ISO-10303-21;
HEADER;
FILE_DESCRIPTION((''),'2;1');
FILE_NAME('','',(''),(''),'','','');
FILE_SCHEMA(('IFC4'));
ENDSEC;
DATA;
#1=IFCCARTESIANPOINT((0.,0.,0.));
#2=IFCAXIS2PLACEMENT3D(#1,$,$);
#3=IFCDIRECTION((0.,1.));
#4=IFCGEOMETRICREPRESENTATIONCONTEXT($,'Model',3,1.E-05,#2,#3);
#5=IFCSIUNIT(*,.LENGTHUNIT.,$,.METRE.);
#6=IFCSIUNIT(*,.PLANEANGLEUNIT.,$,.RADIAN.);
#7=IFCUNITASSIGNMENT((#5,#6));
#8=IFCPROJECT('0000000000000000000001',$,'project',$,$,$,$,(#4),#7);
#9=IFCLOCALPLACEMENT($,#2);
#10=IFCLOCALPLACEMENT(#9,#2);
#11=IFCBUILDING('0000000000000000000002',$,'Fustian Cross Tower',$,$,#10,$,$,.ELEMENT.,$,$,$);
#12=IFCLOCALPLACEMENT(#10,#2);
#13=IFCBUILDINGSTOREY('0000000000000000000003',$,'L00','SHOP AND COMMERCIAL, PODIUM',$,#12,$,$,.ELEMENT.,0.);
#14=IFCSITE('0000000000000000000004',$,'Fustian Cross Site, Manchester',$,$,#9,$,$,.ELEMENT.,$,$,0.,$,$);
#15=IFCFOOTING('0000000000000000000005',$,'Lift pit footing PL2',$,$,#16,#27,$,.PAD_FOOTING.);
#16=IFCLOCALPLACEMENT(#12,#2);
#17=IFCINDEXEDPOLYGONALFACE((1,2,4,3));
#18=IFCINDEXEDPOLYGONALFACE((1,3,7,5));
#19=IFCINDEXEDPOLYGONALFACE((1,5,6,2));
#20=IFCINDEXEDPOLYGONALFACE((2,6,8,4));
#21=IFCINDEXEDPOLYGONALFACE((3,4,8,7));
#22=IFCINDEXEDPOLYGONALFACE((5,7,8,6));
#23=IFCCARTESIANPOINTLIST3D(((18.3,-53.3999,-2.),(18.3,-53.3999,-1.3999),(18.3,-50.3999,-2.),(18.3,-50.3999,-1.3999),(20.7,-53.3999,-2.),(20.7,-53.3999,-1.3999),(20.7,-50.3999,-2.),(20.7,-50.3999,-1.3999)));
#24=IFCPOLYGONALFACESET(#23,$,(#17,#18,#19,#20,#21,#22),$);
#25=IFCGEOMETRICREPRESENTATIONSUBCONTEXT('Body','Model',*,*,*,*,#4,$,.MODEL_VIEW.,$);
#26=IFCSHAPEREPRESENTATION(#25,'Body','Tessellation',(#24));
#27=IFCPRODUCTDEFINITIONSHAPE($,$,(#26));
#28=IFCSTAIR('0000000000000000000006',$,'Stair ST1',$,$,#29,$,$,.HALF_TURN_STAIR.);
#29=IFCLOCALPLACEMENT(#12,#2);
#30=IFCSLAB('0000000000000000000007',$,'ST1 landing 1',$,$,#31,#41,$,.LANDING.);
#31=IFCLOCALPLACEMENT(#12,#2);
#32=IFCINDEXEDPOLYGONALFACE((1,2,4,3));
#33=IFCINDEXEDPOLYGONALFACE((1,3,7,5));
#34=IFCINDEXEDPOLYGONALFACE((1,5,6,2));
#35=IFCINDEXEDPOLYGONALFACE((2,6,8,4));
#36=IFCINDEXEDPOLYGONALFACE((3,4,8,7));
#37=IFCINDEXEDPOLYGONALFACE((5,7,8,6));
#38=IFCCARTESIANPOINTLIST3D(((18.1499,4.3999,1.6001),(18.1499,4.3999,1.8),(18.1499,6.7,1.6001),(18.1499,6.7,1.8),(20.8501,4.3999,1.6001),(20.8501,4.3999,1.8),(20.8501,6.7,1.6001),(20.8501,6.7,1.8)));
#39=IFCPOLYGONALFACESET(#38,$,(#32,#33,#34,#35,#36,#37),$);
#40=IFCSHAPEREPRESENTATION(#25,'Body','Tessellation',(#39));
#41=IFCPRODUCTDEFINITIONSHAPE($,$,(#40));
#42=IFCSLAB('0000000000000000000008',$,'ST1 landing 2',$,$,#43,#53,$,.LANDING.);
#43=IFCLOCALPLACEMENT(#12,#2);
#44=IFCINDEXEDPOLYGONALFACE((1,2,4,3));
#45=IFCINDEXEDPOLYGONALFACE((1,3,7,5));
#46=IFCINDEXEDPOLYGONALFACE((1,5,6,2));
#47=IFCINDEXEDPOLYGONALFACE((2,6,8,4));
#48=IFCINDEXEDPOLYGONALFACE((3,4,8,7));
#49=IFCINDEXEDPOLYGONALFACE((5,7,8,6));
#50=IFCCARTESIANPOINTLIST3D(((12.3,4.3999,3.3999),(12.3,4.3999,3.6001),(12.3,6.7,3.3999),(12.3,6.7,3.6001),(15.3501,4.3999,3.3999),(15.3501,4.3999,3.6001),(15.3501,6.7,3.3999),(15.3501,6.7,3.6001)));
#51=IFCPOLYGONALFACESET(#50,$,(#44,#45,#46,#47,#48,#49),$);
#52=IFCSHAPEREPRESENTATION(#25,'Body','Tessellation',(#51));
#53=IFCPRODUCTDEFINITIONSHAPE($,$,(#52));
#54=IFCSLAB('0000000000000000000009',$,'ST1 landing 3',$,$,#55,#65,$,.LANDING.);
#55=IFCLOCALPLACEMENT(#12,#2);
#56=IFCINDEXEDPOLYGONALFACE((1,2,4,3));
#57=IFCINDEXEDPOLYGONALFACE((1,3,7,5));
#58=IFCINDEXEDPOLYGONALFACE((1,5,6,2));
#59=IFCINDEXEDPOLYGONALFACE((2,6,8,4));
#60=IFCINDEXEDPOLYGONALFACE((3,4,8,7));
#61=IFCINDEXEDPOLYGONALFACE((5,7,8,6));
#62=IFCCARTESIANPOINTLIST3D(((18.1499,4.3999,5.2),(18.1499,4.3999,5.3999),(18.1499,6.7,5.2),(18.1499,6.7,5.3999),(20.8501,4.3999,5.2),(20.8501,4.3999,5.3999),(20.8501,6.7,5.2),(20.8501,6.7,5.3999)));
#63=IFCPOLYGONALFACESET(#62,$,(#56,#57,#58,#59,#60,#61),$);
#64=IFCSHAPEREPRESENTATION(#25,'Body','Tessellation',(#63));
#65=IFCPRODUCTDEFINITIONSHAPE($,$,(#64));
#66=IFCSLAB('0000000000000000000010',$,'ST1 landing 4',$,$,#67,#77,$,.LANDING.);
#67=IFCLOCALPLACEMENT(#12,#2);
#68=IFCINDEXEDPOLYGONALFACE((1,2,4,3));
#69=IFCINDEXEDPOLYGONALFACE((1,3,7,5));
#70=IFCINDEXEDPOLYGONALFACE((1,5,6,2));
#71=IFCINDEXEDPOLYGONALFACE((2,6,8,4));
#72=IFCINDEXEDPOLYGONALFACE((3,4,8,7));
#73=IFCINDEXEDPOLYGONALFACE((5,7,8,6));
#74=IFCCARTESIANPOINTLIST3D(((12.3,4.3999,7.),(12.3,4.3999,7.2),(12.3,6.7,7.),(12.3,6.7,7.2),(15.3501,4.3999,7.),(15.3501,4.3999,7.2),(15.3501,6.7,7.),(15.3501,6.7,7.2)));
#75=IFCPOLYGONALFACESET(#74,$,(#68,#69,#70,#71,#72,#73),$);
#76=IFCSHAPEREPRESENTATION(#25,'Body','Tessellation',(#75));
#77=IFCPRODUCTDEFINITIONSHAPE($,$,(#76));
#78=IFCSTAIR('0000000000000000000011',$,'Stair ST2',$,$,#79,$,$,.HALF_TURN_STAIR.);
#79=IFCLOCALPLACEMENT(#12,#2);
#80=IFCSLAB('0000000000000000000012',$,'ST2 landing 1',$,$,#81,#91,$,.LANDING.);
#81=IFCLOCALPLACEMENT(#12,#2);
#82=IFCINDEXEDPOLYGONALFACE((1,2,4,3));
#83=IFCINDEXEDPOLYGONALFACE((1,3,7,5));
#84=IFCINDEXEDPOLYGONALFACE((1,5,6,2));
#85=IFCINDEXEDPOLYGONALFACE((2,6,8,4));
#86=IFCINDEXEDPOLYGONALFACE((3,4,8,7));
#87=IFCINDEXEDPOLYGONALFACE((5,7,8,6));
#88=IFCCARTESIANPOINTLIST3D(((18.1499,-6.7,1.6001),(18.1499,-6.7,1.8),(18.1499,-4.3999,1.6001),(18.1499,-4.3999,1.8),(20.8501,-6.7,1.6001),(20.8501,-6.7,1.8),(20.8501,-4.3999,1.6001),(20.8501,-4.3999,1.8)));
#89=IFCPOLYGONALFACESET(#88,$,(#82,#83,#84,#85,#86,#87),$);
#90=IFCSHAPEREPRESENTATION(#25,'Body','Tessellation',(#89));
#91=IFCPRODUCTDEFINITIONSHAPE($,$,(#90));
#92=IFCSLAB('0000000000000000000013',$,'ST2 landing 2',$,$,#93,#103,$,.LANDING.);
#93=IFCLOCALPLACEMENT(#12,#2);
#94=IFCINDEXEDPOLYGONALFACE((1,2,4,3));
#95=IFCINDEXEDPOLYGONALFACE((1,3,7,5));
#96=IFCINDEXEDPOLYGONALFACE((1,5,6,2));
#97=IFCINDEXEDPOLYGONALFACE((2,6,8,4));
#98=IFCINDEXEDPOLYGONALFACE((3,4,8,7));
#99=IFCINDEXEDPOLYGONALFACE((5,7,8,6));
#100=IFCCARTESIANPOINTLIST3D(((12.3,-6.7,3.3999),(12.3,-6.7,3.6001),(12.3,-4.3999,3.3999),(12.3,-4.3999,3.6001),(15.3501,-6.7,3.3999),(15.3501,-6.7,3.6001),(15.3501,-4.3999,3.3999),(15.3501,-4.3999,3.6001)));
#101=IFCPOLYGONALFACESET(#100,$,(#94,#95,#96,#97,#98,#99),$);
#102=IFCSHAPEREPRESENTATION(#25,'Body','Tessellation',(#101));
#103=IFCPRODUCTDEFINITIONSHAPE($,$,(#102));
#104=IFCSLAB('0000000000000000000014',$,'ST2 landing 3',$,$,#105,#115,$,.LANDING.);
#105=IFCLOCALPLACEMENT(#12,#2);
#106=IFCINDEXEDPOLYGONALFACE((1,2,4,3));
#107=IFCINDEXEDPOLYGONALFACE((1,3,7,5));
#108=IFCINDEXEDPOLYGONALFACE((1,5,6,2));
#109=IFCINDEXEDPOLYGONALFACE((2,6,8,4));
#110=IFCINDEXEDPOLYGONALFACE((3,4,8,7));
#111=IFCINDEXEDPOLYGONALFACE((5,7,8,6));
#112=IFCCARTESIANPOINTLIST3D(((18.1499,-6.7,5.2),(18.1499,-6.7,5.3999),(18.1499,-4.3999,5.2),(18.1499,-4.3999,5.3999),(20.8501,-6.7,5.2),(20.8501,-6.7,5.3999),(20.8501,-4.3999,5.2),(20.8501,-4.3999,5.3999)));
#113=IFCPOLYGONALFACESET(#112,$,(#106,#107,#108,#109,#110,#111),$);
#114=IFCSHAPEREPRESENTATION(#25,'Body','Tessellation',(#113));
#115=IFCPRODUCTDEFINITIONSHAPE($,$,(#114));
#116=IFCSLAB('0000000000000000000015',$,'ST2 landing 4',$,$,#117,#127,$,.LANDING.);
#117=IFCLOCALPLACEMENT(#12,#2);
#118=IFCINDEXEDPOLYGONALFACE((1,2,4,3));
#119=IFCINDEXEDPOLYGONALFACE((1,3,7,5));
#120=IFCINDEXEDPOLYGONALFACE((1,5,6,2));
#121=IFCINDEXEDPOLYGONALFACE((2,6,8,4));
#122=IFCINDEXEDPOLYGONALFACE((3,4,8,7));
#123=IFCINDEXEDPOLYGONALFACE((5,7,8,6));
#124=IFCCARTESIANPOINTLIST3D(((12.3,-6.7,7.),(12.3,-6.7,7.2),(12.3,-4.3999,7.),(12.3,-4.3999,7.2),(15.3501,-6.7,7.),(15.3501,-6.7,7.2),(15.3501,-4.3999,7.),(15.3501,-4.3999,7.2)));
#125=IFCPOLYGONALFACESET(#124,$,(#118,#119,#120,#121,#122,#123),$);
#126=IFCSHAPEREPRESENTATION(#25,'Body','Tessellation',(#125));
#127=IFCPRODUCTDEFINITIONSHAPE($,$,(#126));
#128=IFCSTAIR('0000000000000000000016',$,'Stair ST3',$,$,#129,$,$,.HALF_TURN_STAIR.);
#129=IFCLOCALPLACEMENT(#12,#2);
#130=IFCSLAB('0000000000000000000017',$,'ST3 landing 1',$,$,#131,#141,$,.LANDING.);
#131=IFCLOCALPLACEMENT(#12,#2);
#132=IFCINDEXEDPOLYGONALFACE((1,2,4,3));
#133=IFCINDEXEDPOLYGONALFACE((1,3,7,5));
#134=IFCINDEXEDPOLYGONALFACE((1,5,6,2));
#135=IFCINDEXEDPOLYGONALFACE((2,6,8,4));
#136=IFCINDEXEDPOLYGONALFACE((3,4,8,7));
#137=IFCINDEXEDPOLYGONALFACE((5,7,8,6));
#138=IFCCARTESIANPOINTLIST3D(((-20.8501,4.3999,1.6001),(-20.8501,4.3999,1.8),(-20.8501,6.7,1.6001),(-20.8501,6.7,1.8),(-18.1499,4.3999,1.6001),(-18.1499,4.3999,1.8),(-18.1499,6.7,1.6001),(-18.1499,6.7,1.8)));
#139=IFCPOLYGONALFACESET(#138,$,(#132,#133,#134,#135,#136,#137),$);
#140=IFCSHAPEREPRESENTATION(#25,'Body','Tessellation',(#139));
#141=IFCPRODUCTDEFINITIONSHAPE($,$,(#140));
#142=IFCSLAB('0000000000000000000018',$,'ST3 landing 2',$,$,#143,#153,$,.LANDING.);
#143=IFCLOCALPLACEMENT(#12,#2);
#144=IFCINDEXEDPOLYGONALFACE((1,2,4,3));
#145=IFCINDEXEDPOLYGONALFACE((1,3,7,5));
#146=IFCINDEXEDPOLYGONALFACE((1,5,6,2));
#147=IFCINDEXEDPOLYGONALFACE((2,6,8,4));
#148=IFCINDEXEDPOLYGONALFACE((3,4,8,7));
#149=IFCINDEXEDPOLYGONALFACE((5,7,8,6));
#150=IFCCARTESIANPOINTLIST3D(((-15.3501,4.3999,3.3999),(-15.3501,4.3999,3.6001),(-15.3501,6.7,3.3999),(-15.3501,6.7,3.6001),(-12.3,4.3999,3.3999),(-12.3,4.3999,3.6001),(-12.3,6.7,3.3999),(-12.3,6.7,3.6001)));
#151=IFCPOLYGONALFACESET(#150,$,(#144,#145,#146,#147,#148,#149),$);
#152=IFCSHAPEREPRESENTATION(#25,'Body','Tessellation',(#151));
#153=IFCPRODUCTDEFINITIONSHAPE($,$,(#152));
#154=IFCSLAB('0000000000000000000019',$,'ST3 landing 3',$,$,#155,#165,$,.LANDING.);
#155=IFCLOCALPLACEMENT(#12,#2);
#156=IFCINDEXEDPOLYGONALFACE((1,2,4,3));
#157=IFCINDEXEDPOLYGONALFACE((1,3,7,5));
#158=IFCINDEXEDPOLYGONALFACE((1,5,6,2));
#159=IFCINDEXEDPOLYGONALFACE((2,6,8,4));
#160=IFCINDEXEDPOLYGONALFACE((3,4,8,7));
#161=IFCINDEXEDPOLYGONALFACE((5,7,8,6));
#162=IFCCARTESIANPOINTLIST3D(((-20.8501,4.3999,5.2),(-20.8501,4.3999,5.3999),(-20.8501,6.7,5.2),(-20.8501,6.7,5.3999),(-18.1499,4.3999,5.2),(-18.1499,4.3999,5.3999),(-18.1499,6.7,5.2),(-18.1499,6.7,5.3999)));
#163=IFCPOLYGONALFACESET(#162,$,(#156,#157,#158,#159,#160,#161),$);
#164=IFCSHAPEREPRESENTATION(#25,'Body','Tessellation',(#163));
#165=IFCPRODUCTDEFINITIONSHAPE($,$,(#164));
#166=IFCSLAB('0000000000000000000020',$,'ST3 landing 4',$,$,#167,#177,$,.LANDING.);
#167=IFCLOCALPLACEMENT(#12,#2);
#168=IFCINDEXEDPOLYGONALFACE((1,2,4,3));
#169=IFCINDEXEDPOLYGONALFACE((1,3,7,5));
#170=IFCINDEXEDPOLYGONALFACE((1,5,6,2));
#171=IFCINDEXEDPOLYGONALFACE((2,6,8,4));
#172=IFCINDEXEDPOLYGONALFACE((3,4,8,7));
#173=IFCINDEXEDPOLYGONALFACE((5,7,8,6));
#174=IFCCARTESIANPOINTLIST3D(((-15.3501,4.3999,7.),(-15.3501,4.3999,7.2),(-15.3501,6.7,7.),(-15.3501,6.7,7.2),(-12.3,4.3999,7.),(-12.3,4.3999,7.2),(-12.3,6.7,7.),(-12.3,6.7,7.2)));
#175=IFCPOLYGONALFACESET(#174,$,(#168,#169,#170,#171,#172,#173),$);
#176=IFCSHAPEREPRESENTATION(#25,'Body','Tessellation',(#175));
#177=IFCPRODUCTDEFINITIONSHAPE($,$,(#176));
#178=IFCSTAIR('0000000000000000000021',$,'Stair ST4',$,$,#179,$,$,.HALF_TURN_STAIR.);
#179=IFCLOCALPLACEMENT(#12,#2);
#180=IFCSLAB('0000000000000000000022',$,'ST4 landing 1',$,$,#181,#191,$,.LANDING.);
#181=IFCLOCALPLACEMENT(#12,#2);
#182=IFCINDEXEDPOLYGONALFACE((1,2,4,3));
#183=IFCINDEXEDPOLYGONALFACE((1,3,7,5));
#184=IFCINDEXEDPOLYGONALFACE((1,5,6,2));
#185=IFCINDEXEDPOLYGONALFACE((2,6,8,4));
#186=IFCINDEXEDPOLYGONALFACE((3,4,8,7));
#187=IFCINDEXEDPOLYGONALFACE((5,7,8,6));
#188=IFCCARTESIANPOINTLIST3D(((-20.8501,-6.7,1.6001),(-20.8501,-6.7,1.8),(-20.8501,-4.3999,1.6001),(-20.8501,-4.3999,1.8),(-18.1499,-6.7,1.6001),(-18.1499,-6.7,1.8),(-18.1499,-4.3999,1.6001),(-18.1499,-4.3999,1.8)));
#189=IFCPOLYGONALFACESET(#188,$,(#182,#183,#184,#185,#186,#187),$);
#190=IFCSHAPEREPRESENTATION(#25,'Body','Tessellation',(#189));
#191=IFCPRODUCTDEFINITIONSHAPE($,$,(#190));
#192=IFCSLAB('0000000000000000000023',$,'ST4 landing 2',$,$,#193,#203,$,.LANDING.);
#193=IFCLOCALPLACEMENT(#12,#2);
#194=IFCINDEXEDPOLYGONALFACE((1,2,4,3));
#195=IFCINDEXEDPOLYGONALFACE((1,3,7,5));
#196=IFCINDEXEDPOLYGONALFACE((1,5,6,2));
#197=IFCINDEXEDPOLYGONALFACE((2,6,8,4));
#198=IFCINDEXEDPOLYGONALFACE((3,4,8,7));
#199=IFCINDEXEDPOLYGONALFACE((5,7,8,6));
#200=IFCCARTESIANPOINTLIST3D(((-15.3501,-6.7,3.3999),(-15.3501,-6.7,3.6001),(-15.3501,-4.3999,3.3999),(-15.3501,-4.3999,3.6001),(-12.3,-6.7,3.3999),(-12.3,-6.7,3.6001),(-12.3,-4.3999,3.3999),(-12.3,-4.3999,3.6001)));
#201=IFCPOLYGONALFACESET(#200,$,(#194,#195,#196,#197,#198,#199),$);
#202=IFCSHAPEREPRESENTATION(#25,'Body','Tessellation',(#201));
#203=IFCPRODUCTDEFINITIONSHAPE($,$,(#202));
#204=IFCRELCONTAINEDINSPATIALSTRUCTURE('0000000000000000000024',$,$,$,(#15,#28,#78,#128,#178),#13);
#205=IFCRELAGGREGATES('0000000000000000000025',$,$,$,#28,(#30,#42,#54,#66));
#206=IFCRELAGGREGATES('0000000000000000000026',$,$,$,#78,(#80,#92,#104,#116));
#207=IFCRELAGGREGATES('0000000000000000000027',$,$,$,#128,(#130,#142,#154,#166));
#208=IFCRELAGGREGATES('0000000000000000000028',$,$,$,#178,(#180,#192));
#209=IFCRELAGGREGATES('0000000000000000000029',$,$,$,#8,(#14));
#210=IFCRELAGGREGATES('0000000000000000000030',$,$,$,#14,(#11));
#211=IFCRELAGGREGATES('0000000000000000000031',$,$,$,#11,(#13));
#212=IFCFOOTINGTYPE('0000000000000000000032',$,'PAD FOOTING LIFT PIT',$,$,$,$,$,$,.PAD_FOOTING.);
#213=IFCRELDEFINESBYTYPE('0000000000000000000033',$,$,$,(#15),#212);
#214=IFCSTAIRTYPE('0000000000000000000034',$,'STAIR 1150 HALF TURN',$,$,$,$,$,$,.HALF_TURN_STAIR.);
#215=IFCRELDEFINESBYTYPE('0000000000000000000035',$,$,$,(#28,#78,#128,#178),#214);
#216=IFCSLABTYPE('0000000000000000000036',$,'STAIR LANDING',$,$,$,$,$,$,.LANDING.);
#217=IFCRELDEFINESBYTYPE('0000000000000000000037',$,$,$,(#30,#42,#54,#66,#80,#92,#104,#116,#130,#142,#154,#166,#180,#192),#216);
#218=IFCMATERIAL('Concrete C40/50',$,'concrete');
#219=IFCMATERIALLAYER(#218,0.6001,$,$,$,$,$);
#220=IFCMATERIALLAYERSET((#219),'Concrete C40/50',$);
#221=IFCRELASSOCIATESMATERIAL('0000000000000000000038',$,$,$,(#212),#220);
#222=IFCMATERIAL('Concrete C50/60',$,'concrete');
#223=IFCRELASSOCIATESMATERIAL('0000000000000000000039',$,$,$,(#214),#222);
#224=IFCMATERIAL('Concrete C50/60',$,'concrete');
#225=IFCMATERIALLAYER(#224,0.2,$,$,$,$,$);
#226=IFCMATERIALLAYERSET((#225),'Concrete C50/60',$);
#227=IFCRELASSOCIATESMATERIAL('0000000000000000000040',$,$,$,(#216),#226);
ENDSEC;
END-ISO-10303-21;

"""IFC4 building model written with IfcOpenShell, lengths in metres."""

from ifc_helpers import new_model, si_unit, direction, frame, origin, place, context, subcontext, project, spatial, polyline, outline, extrude, material, layer, layer_set, type_object, element, aggregate, save


model = new_model("IFC4")

# Units and contexts
model_context = context("Model", 3, precision=1e-05, world=origin(), true_north=direction((0.0, 1.0)))
body_context = subcontext(model_context, "Body", "Model", "MODEL_VIEW")
ifc_project = project(units=[si_unit("LENGTHUNIT", "METRE"), si_unit("PLANEANGLEUNIT", "RADIAN")], contexts=[model_context])

# Site, building, storey
site_placement = place(None, origin())
site = spatial("IfcSite", under=ifc_project, at=site_placement, Name="Fustian Cross Site, Manchester", CompositionType="ELEMENT", RefElevation=0.0)
building_placement = place(site_placement, origin())
building = spatial("IfcBuilding", under=site, at=building_placement, Name="Fustian Cross Tower", CompositionType="ELEMENT")
storey_placement = place(building_placement, origin())
storey = spatial("IfcBuildingStorey", under=building, at=storey_placement, Name="L00", Description="SHOP AND COMMERCIAL, PODIUM", CompositionType="ELEMENT", Elevation=0.0)

# Footing
ifc_material_1 = material(Name="Concrete C40/50", Category="concrete")
ifc_layer_1 = layer(ifc_material_1, 0.6001)
ifc_layer_set_1 = layer_set([ifc_layer_1], Name="Concrete C40/50")
footing_type = type_object("IfcFootingType", Name="PAD FOOTING LIFT PIT", PredefinedType="PAD_FOOTING", material=ifc_layer_set_1)
footing_placement = place(storey_placement, frame((0.0, 0.0, -2.0)))
element("IfcFooting", 1, at=footing_placement, inside=storey, type_object=footing_type, Name="Lift pit footing PL2", PredefinedType="PAD_FOOTING", context=body_context, shape_type="SweptSolid", body=[
    extrude(outline(polyline([(18.3, -53.3999), (20.7, -53.3999), (20.7, -50.3999), (18.3, -50.3999), (18.3, -53.3999)])), origin(), (0.0, 0.0, 1.0), 0.6001),
])

# Stairs, slabs
ifc_material_2 = material(Name="Concrete C50/60", Category="concrete")
stair_type_1 = type_object("IfcStairType", Name="STAIR 1150 HALF TURN", PredefinedType="HALF_TURN_STAIR", material=ifc_material_2)
stair_1_placement = place(storey_placement, origin())
stair_1 = element("IfcStair", 2, at=stair_1_placement, inside=storey, type_object=stair_type_1, Name="Stair ST1", PredefinedType="HALF_TURN_STAIR")
ifc_material_3 = material(Name="Concrete C50/60", Category="concrete")
ifc_layer_2 = layer(ifc_material_3, 0.2)
ifc_layer_set_2 = layer_set([ifc_layer_2], Name="Concrete C50/60")
slab_type = type_object("IfcSlabType", Name="STAIR LANDING", PredefinedType="LANDING", material=ifc_layer_set_2)
slab_1_placement = place(storey_placement, frame((0.0, 0.0, 1.6001)))
slab_1 = element("IfcSlab", 3, at=slab_1_placement, type_object=slab_type, Name="ST1 landing 1", PredefinedType="LANDING", context=body_context, shape_type="SweptSolid", body=[
    extrude(outline(polyline([(18.1499, 4.3999), (20.8501, 4.3999), (20.8501, 6.7), (18.1499, 6.7), (18.1499, 4.3999)])), origin(), (0.0, 0.0, 1.0), 0.2),
])
slab_2_placement = place(storey_placement, frame((0.0, 0.0, 3.3999)))
slab_2 = element("IfcSlab", 4, at=slab_2_placement, type_object=slab_type, Name="ST1 landing 2", PredefinedType="LANDING", context=body_context, shape_type="SweptSolid", body=[
    extrude(outline(polyline([(12.3, 4.3999), (15.3501, 4.3999), (15.3501, 6.7), (12.3, 6.7), (12.3, 4.3999)])), origin(), (0.0, 0.0, 1.0), 0.2002),
])
slab_3_placement = place(storey_placement, frame((0.0, 0.0, 5.2)))
slab_3 = element("IfcSlab", 5, at=slab_3_placement, type_object=slab_type, Name="ST1 landing 3", PredefinedType="LANDING", context=body_context, shape_type="SweptSolid", body=[
    extrude(outline(polyline([(18.1499, 4.3999), (20.8501, 4.3999), (20.8501, 6.7), (18.1499, 6.7), (18.1499, 4.3999)])), origin(), (0.0, 0.0, 1.0), 0.2),
])
slab_4_placement = place(storey_placement, frame((0.0, 0.0, 7.0)))
slab_4 = element("IfcSlab", 6, at=slab_4_placement, type_object=slab_type, Name="ST1 landing 4", PredefinedType="LANDING", context=body_context, shape_type="SweptSolid", body=[
    extrude(outline(polyline([(12.3, 4.3999), (15.3501, 4.3999), (15.3501, 6.7), (12.3, 6.7), (12.3, 4.3999)])), origin(), (0.0, 0.0, 1.0), 0.2),
])
aggregate(stair_1, [slab_1, slab_2, slab_3, slab_4])
stair_2_placement = place(storey_placement, origin())
stair_2 = element("IfcStair", 7, at=stair_2_placement, inside=storey, type_object=stair_type_1, Name="Stair ST2", PredefinedType="HALF_TURN_STAIR")
slab_5_placement = place(storey_placement, frame((0.0, 0.0, 1.6001)))
slab_5 = element("IfcSlab", 8, at=slab_5_placement, type_object=slab_type, Name="ST2 landing 1", PredefinedType="LANDING", context=body_context, shape_type="SweptSolid", body=[
    extrude(outline(polyline([(18.1499, -4.3999), (20.8501, -4.3999), (20.8501, -6.7), (18.1499, -6.7), (18.1499, -4.3999)])), origin(), (0.0, 0.0, 1.0), 0.2),
])
slab_6_placement = place(storey_placement, frame((0.0, 0.0, 3.3999)))
slab_6 = element("IfcSlab", 9, at=slab_6_placement, type_object=slab_type, Name="ST2 landing 2", PredefinedType="LANDING", context=body_context, shape_type="SweptSolid", body=[
    extrude(outline(polyline([(12.3, -4.3999), (15.3501, -4.3999), (15.3501, -6.7), (12.3, -6.7), (12.3, -4.3999)])), origin(), (0.0, 0.0, 1.0), 0.2002),
])
slab_7_placement = place(storey_placement, frame((0.0, 0.0, 5.2)))
slab_7 = element("IfcSlab", 10, at=slab_7_placement, type_object=slab_type, Name="ST2 landing 3", PredefinedType="LANDING", context=body_context, shape_type="SweptSolid", body=[
    extrude(outline(polyline([(18.1499, -4.3999), (20.8501, -4.3999), (20.8501, -6.7), (18.1499, -6.7), (18.1499, -4.3999)])), origin(), (0.0, 0.0, 1.0), 0.2),
])
slab_8_placement = place(storey_placement, frame((0.0, 0.0, 7.0)))
slab_8 = element("IfcSlab", 11, at=slab_8_placement, type_object=slab_type, Name="ST2 landing 4", PredefinedType="LANDING", context=body_context, shape_type="SweptSolid", body=[
    extrude(outline(polyline([(12.3, -4.3999), (15.3501, -4.3999), (15.3501, -6.7), (12.3, -6.7), (12.3, -4.3999)])), origin(), (0.0, 0.0, 1.0), 0.2),
])
aggregate(stair_2, [slab_5, slab_6, slab_7, slab_8])
stair_3_placement = place(storey_placement, origin())
stair_3 = element("IfcStair", 12, at=stair_3_placement, inside=storey, type_object=stair_type_1, Name="Stair ST3", PredefinedType="HALF_TURN_STAIR")
slab_9_placement = place(storey_placement, frame((0.0, 0.0, 1.6001)))
slab_9 = element("IfcSlab", 13, at=slab_9_placement, type_object=slab_type, Name="ST3 landing 1", PredefinedType="LANDING", context=body_context, shape_type="SweptSolid", body=[
    extrude(outline(polyline([(-18.1499, 4.3999), (-20.8501, 4.3999), (-20.8501, 6.7), (-18.1499, 6.7), (-18.1499, 4.3999)])), origin(), (0.0, 0.0, 1.0), 0.2),
])
slab_10_placement = place(storey_placement, frame((0.0, 0.0, 3.3999)))
slab_10 = element("IfcSlab", 14, at=slab_10_placement, type_object=slab_type, Name="ST3 landing 2", PredefinedType="LANDING", context=body_context, shape_type="SweptSolid", body=[
    extrude(outline(polyline([(-12.3, 4.3999), (-15.3501, 4.3999), (-15.3501, 6.7), (-12.3, 6.7), (-12.3, 4.3999)])), origin(), (0.0, 0.0, 1.0), 0.2002),
])
slab_11_placement = place(storey_placement, frame((0.0, 0.0, 5.2)))
slab_11 = element("IfcSlab", 15, at=slab_11_placement, type_object=slab_type, Name="ST3 landing 3", PredefinedType="LANDING", context=body_context, shape_type="SweptSolid", body=[
    extrude(outline(polyline([(-18.1499, 4.3999), (-20.8501, 4.3999), (-20.8501, 6.7), (-18.1499, 6.7), (-18.1499, 4.3999)])), origin(), (0.0, 0.0, 1.0), 0.2),
])
slab_12_placement = place(storey_placement, frame((0.0, 0.0, 7.0)))
slab_12 = element("IfcSlab", 16, at=slab_12_placement, type_object=slab_type, Name="ST3 landing 4", PredefinedType="LANDING", context=body_context, shape_type="SweptSolid", body=[
    extrude(outline(polyline([(-12.3, 4.3999), (-15.3501, 4.3999), (-15.3501, 6.7), (-12.3, 6.7), (-12.3, 4.3999)])), origin(), (0.0, 0.0, 1.0), 0.2),
])
aggregate(stair_3, [slab_9, slab_10, slab_11, slab_12])
stair_4_placement = place(storey_placement, origin())
stair_4 = element("IfcStair", 17, at=stair_4_placement, inside=storey, type_object=stair_type_1, Name="Stair ST4", PredefinedType="HALF_TURN_STAIR")
slab_13_placement = place(storey_placement, frame((0.0, 0.0, 1.6001)))
slab_13 = element("IfcSlab", 18, at=slab_13_placement, type_object=slab_type, Name="ST4 landing 1", PredefinedType="LANDING", context=body_context, shape_type="SweptSolid", body=[
    extrude(outline(polyline([(-18.1499, -4.3999), (-20.8501, -4.3999), (-20.8501, -6.7), (-18.1499, -6.7), (-18.1499, -4.3999)])), origin(), (0.0, 0.0, 1.0), 0.2),
])
slab_14_placement = place(storey_placement, frame((0.0, 0.0, 3.3999)))
slab_14 = element("IfcSlab", 19, at=slab_14_placement, type_object=slab_type, Name="ST4 landing 2", PredefinedType="LANDING", context=body_context, shape_type="SweptSolid", body=[
    extrude(outline(polyline([(-12.3, -4.3999), (-15.3501, -4.3999), (-15.3501, -6.7), (-12.3, -6.7), (-12.3, -4.3999)])), origin(), (0.0, 0.0, 1.0), 0.2002),
])
aggregate(stair_4, [slab_13, slab_14])

save(model, "model.ifc")
